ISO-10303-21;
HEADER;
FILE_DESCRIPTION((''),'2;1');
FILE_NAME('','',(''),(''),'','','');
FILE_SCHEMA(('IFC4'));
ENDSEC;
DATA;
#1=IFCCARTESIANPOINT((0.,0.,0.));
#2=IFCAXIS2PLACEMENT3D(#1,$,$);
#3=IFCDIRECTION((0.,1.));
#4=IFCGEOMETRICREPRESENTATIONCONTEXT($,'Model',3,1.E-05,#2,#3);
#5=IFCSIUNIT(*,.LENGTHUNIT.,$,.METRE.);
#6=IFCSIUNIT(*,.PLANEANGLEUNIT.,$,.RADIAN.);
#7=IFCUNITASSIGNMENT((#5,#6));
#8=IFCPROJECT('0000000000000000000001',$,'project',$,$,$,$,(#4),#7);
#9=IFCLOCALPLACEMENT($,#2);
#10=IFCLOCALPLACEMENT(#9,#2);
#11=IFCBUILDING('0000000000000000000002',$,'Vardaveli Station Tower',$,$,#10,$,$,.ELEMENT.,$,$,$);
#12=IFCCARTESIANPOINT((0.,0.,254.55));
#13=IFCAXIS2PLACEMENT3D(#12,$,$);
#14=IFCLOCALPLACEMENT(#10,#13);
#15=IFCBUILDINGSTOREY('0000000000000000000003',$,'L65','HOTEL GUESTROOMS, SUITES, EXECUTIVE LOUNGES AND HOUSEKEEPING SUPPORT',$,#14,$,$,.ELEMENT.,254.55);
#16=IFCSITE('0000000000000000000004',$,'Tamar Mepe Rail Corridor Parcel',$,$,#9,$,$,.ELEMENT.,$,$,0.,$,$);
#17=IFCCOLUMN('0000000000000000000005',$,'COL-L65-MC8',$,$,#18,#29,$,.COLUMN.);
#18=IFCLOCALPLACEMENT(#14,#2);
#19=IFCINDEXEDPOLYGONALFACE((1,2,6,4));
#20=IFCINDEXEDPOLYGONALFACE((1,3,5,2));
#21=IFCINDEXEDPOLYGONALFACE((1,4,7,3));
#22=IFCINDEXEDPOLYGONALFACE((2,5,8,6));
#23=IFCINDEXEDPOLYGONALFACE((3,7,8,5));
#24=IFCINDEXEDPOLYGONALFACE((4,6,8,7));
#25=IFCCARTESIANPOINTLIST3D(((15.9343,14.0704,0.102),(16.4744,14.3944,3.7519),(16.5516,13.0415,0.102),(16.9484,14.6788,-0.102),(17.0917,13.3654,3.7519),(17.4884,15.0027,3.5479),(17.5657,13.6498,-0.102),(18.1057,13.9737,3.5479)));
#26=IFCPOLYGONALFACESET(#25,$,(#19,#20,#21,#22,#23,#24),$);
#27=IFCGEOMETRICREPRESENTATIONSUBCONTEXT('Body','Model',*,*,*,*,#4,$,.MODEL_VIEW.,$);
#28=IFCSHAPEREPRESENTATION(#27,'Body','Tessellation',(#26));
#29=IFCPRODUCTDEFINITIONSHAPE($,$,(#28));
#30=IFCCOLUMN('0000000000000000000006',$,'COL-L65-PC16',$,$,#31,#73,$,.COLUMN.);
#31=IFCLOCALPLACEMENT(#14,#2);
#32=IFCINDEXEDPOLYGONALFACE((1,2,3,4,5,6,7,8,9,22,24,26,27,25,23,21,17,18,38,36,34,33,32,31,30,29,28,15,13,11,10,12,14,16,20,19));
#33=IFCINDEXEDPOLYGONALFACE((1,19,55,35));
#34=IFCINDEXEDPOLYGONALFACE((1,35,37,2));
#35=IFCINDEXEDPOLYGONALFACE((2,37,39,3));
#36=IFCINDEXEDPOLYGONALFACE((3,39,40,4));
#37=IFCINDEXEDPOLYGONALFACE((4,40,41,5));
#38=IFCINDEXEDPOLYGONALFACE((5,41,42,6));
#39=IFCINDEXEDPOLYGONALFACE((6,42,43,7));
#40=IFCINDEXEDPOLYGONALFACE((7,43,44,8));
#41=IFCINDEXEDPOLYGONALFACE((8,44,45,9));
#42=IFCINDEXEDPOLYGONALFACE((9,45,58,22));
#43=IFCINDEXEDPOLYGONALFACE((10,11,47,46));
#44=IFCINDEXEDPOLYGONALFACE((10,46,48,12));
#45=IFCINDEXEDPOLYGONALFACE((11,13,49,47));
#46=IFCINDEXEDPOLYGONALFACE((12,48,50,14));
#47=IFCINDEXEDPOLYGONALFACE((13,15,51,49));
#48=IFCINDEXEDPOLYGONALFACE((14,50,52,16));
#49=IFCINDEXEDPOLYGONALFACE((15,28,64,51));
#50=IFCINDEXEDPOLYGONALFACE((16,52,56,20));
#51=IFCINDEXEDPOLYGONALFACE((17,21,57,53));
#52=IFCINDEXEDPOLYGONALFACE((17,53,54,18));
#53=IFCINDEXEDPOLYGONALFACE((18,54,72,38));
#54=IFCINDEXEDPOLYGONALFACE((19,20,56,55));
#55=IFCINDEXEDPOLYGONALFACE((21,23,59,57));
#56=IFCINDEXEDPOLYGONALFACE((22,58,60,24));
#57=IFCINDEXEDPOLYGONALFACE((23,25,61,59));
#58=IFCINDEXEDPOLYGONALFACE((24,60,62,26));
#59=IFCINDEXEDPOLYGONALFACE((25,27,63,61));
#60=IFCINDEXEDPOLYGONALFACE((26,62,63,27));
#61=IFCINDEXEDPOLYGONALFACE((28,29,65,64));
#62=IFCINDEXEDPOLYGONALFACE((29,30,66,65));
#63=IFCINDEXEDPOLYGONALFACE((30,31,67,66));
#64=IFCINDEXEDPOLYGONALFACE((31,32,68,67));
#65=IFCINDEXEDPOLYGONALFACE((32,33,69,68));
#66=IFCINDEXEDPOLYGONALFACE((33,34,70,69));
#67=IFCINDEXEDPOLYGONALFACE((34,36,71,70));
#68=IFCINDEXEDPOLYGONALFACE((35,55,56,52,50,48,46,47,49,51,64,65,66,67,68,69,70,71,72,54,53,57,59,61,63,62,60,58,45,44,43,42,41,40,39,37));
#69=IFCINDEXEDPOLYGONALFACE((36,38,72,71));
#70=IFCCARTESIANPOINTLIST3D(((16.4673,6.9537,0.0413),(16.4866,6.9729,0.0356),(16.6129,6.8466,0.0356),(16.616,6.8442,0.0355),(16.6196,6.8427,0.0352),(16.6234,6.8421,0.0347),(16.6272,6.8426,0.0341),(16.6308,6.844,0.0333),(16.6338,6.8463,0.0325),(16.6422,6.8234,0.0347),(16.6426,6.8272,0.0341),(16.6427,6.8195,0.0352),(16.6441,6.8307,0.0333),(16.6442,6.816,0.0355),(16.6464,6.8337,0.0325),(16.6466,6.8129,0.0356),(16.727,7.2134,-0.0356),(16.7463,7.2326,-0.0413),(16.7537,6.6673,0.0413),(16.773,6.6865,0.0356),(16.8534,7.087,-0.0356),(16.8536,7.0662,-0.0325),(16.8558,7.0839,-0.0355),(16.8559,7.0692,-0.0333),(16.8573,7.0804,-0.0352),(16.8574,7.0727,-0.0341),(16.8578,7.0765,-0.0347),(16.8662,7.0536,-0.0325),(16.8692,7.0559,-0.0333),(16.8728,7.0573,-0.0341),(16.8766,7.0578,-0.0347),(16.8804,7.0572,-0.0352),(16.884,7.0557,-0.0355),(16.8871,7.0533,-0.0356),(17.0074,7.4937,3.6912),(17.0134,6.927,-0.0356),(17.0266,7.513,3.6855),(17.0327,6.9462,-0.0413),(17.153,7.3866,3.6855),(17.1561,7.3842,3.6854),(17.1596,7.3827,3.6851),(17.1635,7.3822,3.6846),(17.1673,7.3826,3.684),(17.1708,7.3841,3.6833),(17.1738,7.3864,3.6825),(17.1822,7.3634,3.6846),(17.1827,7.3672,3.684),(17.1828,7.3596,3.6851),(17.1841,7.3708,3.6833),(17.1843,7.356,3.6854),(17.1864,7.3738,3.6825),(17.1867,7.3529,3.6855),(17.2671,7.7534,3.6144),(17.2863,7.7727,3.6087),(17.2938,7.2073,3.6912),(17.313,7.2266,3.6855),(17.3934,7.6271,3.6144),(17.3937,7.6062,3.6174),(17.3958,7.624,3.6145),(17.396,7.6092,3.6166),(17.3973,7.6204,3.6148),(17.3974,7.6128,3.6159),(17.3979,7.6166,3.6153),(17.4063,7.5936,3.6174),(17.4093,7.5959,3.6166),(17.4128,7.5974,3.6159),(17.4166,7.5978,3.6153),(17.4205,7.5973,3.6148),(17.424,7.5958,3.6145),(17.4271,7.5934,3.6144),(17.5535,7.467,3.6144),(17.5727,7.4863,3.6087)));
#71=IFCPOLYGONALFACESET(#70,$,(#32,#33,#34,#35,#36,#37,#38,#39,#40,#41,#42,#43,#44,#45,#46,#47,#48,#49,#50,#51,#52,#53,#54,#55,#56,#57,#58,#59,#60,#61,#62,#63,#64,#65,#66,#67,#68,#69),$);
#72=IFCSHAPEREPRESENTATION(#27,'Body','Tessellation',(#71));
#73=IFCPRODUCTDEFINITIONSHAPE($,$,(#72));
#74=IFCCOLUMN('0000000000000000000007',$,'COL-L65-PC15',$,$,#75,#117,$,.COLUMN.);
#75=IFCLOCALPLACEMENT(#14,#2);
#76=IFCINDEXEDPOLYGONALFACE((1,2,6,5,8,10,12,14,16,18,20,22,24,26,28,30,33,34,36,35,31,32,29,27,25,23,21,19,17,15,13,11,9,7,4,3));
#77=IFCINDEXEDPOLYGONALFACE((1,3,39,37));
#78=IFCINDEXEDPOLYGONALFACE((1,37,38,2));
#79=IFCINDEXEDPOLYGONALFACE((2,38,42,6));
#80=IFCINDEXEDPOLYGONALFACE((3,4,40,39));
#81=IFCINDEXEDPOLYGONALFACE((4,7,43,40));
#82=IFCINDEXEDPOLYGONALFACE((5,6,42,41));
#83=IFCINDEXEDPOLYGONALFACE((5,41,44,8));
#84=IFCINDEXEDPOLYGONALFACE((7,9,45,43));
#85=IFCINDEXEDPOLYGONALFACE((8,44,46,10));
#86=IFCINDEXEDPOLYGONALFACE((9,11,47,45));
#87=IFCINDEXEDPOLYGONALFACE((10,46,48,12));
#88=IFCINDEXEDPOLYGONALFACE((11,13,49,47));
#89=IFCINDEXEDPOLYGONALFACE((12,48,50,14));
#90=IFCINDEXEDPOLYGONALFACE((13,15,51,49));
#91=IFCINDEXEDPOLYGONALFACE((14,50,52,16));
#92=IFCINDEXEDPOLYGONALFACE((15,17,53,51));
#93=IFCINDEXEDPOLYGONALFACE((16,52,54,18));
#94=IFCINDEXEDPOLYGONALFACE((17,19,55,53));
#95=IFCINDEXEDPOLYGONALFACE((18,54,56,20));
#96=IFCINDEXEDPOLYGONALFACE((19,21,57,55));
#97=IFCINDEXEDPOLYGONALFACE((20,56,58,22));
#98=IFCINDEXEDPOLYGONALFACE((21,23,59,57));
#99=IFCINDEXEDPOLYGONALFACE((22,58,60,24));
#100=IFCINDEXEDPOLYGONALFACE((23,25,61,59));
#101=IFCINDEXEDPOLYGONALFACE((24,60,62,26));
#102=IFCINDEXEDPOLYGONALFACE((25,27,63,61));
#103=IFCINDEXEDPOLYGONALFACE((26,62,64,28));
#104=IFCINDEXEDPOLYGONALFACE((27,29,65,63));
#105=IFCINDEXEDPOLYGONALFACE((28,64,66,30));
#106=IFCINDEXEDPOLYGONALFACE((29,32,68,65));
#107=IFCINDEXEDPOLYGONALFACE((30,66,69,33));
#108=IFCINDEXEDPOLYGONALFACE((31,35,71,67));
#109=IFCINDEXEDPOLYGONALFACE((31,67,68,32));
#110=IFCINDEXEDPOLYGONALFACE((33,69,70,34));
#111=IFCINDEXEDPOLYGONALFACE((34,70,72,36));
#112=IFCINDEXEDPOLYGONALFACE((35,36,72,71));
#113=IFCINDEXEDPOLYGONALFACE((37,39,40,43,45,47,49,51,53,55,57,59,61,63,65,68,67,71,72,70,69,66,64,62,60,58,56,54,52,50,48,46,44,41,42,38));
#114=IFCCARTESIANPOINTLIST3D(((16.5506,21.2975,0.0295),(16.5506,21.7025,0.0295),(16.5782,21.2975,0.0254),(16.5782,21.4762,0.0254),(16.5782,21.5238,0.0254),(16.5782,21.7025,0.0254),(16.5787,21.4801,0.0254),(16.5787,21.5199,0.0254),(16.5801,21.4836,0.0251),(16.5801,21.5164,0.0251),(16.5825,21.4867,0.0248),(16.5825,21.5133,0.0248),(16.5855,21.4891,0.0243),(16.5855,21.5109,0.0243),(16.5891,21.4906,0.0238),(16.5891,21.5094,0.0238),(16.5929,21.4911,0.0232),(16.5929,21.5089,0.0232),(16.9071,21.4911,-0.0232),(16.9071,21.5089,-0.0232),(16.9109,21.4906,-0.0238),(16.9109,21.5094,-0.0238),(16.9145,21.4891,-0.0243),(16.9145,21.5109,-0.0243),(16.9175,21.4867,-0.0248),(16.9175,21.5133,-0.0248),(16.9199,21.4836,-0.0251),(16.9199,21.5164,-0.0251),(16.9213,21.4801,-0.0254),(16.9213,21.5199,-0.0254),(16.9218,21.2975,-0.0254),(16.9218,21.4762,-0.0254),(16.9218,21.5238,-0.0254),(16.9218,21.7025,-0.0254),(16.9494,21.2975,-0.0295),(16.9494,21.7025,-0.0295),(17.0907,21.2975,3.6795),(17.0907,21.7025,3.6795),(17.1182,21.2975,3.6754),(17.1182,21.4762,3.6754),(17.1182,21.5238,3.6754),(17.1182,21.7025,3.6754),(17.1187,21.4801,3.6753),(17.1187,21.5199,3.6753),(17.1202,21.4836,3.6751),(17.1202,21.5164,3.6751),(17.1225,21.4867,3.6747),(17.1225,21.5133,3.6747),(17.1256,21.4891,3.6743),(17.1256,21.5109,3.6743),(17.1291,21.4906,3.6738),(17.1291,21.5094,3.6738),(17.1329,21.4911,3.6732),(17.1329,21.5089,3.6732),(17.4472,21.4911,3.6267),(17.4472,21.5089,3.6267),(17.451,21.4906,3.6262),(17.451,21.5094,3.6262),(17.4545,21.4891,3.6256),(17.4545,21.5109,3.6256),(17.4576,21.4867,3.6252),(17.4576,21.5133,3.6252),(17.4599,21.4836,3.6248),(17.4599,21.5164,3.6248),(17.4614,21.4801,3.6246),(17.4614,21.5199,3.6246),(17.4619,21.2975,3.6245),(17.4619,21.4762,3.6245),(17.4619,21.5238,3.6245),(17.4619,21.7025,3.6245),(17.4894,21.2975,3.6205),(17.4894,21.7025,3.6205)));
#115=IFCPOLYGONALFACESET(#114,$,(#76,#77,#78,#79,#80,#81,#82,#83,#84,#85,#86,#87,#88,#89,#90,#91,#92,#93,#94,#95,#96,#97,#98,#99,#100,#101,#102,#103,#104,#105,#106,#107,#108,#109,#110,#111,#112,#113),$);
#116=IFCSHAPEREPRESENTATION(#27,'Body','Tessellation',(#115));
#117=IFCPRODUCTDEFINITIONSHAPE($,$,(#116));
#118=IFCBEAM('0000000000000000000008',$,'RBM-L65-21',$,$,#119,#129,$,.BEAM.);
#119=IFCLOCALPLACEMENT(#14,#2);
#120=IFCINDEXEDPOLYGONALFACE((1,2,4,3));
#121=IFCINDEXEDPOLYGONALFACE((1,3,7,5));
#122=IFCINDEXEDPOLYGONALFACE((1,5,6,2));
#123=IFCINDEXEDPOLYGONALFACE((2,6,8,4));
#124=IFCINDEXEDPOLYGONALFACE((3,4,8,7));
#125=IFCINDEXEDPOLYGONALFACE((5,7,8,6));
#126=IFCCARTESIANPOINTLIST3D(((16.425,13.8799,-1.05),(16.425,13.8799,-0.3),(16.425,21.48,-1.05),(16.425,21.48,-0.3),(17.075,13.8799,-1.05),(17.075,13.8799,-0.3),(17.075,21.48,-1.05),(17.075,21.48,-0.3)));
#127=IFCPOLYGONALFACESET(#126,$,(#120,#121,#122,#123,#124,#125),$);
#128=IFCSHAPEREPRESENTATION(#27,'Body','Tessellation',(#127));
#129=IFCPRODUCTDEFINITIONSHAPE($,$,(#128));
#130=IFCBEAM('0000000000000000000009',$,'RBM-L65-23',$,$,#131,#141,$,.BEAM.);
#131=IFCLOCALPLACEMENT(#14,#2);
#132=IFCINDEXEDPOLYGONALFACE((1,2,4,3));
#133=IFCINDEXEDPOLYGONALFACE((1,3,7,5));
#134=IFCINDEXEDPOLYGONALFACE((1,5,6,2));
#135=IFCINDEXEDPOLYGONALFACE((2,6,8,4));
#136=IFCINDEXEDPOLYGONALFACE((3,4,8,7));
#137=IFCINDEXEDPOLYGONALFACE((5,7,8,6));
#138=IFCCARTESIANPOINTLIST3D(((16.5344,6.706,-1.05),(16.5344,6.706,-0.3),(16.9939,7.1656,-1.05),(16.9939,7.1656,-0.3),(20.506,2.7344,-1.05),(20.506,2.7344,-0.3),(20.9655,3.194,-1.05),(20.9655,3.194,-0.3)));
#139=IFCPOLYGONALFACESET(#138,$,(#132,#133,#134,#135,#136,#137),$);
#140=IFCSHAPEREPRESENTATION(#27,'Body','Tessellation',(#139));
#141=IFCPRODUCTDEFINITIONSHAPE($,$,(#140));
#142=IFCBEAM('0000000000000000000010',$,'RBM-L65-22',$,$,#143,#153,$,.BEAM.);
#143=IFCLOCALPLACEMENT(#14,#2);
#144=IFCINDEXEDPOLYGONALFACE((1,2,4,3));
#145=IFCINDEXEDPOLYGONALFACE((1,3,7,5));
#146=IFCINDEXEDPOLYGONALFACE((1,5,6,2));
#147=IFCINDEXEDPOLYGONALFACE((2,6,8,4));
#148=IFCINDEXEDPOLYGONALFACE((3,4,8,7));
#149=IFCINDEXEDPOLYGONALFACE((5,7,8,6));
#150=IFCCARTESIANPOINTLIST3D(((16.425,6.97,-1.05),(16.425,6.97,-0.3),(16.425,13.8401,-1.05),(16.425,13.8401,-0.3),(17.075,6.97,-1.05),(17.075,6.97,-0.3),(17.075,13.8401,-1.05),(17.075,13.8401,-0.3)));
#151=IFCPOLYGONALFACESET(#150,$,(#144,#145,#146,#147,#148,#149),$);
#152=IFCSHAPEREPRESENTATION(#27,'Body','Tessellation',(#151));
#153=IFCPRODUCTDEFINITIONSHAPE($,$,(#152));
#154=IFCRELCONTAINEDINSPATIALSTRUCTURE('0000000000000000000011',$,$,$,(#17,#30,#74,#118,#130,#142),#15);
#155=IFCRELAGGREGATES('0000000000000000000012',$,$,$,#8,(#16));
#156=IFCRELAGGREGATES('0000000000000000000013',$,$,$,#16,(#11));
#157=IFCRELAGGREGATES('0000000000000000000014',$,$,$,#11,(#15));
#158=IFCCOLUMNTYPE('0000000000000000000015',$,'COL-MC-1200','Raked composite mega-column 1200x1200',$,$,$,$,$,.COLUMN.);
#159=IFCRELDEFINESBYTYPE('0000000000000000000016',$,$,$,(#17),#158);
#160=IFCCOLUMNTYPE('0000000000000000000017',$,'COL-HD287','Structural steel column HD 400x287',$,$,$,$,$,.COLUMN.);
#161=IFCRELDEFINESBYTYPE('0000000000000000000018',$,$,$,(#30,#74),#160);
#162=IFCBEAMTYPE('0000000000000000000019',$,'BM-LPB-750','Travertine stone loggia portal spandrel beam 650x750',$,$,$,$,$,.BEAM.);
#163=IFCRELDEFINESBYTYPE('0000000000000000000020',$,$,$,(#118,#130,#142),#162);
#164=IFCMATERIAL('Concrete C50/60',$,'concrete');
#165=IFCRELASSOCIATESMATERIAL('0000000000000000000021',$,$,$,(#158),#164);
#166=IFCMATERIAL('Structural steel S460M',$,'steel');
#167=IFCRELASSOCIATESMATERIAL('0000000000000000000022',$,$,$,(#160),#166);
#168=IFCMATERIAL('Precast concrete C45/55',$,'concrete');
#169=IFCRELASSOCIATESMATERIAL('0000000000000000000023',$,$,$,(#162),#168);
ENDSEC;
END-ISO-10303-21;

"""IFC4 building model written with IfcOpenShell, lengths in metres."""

from ifc_helpers import new_model, si_unit, direction, frame, origin, origin_2d, place, context, subcontext, project, spatial, rectangle, i_section, extrude, source, transform, mapped, material, material_profile, profile_set, type_object, element, save


model = new_model("IFC4")

# Units and contexts
model_context = context("Model", 3, precision=1e-05, world=origin(), true_north=direction((0.0, 1.0)))
body_context = subcontext(model_context, "Body", "Model", "MODEL_VIEW")
ifc_project = project(units=[si_unit("LENGTHUNIT", "METRE"), si_unit("PLANEANGLEUNIT", "RADIAN")], contexts=[model_context])

# Site, building, storey
site_placement = place(None, origin())
site = spatial("IfcSite", under=ifc_project, at=site_placement, Name="Tamar Mepe Rail Corridor Parcel", CompositionType="ELEMENT", RefElevation=0.0)
building_placement = place(site_placement, origin())
building = spatial("IfcBuilding", under=site, at=building_placement, Name="Vardaveli Station Tower", CompositionType="ELEMENT")
storey_placement = place(building_placement, frame((0.0, 0.0, 254.55)))
storey = spatial("IfcBuildingStorey", under=building, at=storey_placement, Name="L65", Description="HOTEL GUESTROOMS, SUITES, EXECUTIVE LOUNGES AND HOUSEKEEPING SUPPORT", CompositionType="ELEMENT", Elevation=254.55)

# Columns
ifc_material_1 = material(Name="Concrete C50/60", Category="concrete")
ifc_material_profile_1 = material_profile(ifc_material_1, rectangle(XDim=1.2, YDim=1.2, at=origin_2d()), Name="MC 1200x1200")
ifc_profile_set_1 = profile_set([ifc_material_profile_1], Name="Concrete C50/60")
column_type_1 = type_object("IfcColumnType", Name="COL-MC-1200", Description="Raked composite mega-column 1200x1200", PredefinedType="COLUMN", material=ifc_profile_set_1)
shared_shape_1 = source(origin(), body_context, "Body", "SweptSolid", [
    extrude(rectangle(XDim=1.2, YDim=1.2, at=origin_2d()), origin(), (0.0, 0.0, 1.0), 3.7039),
])
column_1_placement = place(storey_placement, frame((16.75, 13.8601, 0.0), z_axis=(0.145805, 0.08747, 0.985439), x_axis=(-0.514439, 0.857527, 0.0)))
element("IfcColumn", 1, at=column_1_placement, inside=storey, type_object=column_type_1, Name="COL-L65-MC8", PredefinedType="COLUMN", context=body_context, shape_type="MappedRepresentation", body=[
    mapped(shared_shape_1, transform((0.0, 0.0, 0.0), scale=1.0)),
])
ifc_material_2 = material(Name="Structural steel S460M", Category="steel")
ifc_material_profile_2 = material_profile(ifc_material_2, i_section(OverallWidth=0.405, OverallDepth=0.4031, WebThickness=0.0178, FlangeThickness=0.0278, FilletRadius=0.0149, at=origin_2d()), Name="HD 400x287")
ifc_profile_set_2 = profile_set([ifc_material_profile_2], Name="Structural steel S460M")
column_type_2 = type_object("IfcColumnType", Name="COL-HD287", Description="Structural steel column HD 400x287", PredefinedType="COLUMN", material=ifc_profile_set_2)
shared_shape_2 = source(origin(), body_context, "Body", "SweptSolid", [
    extrude(i_section(OverallWidth=0.405, OverallDepth=0.4031, WebThickness=0.0178, FlangeThickness=0.0278, FilletRadius=0.0149, at=origin_2d()), origin(), (0.0, 0.0, 1.0), 3.729),
])
column_2_placement = place(storey_placement, frame((16.75, 6.95, 0.0), z_axis=(0.144823, 0.144823, 0.978802), x_axis=(-0.707107, 0.707107, 0.0)))
element("IfcColumn", 2, at=column_2_placement, inside=storey, type_object=column_type_2, Name="COL-L65-PC16", PredefinedType="COLUMN", context=body_context, shape_type="MappedRepresentation", body=[
    mapped(shared_shape_2, transform((0.0, 0.0, 0.0), scale=1.0)),
])
shared_shape_3 = source(origin(), body_context, "Body", "SweptSolid", [
    extrude(i_section(OverallWidth=0.405, OverallDepth=0.4031, WebThickness=0.0178, FlangeThickness=0.0278, FilletRadius=0.0149, at=origin_2d()), origin(), (0.0, 0.0, 1.0), 3.6897),
])
column_3_placement = place(storey_placement, frame((16.75, 21.5, 0.0), z_axis=(0.146366, 0.0, 0.98923), x_axis=(0.0, 1.0, 0.0)))
element("IfcColumn", 3, at=column_3_placement, inside=storey, type_object=column_type_2, Name="COL-L65-PC15", PredefinedType="COLUMN", context=body_context, shape_type="MappedRepresentation", body=[
    mapped(shared_shape_3, transform((0.0, 0.0, 0.0), scale=1.0)),
])

# Beams
ifc_material_3 = material(Name="Precast concrete C45/55", Category="concrete")
ifc_material_profile_3 = material_profile(ifc_material_3, rectangle(XDim=0.6499, YDim=0.75, at=origin_2d()), Name="LPB 650x750")
ifc_profile_set_3 = profile_set([ifc_material_profile_3], Name="Precast concrete C45/55")
beam_type_1 = type_object("IfcBeamType", Name="BM-LPB-750", Description="Travertine stone loggia portal spandrel beam 650x750", PredefinedType="BEAM", material=ifc_profile_set_3)
shared_shape_4 = source(origin(), body_context, "Body", "SweptSolid", [
    extrude(rectangle(XDim=0.6499, YDim=0.75, at=origin_2d()), origin(), (0.0, 0.0, 1.0), 7.6001),
])
beam_1_placement = place(storey_placement, frame((16.75, 21.48, -0.675), z_axis=(0.0, -1.0, 0.0), x_axis=(1.0, 0.0, 0.0)))
element("IfcBeam", 4, at=beam_1_placement, inside=storey, type_object=beam_type_1, Name="RBM-L65-21", PredefinedType="BEAM", context=body_context, shape_type="MappedRepresentation", body=[
    mapped(shared_shape_4, transform((0.0, 0.0, 0.0), scale=1.0)),
])
shared_shape_5 = source(origin(), body_context, "Body", "SweptSolid", [
    extrude(rectangle(XDim=0.6499, YDim=0.75, at=origin_2d()), origin(), (0.0, 0.0, 1.0), 5.6167),
])
beam_2_placement = place(storey_placement, frame((16.7642, 6.9358, -0.675), z_axis=(0.707107, -0.707107, 0.0), x_axis=(0.707107, 0.707107, 0.0)))
element("IfcBeam", 5, at=beam_2_placement, inside=storey, type_object=beam_type_1, Name="RBM-L65-23", PredefinedType="BEAM", context=body_context, shape_type="MappedRepresentation", body=[
    mapped(shared_shape_5, transform((0.0, 0.0, 0.0), scale=1.0)),
])
shared_shape_6 = source(origin(), body_context, "Body", "SweptSolid", [
    extrude(rectangle(XDim=0.6499, YDim=0.75, at=origin_2d()), origin(), (0.0, 0.0, 1.0), 6.8701),
])
beam_3_placement = place(storey_placement, frame((16.75, 13.8401, -0.675), z_axis=(0.0, -1.0, 0.0), x_axis=(1.0, 0.0, 0.0)))
element("IfcBeam", 6, at=beam_3_placement, inside=storey, type_object=beam_type_1, Name="RBM-L65-22", PredefinedType="BEAM", context=body_context, shape_type="MappedRepresentation", body=[
    mapped(shared_shape_6, transform((0.0, 0.0, 0.0), scale=1.0)),
])

save(model, "model.ifc")
